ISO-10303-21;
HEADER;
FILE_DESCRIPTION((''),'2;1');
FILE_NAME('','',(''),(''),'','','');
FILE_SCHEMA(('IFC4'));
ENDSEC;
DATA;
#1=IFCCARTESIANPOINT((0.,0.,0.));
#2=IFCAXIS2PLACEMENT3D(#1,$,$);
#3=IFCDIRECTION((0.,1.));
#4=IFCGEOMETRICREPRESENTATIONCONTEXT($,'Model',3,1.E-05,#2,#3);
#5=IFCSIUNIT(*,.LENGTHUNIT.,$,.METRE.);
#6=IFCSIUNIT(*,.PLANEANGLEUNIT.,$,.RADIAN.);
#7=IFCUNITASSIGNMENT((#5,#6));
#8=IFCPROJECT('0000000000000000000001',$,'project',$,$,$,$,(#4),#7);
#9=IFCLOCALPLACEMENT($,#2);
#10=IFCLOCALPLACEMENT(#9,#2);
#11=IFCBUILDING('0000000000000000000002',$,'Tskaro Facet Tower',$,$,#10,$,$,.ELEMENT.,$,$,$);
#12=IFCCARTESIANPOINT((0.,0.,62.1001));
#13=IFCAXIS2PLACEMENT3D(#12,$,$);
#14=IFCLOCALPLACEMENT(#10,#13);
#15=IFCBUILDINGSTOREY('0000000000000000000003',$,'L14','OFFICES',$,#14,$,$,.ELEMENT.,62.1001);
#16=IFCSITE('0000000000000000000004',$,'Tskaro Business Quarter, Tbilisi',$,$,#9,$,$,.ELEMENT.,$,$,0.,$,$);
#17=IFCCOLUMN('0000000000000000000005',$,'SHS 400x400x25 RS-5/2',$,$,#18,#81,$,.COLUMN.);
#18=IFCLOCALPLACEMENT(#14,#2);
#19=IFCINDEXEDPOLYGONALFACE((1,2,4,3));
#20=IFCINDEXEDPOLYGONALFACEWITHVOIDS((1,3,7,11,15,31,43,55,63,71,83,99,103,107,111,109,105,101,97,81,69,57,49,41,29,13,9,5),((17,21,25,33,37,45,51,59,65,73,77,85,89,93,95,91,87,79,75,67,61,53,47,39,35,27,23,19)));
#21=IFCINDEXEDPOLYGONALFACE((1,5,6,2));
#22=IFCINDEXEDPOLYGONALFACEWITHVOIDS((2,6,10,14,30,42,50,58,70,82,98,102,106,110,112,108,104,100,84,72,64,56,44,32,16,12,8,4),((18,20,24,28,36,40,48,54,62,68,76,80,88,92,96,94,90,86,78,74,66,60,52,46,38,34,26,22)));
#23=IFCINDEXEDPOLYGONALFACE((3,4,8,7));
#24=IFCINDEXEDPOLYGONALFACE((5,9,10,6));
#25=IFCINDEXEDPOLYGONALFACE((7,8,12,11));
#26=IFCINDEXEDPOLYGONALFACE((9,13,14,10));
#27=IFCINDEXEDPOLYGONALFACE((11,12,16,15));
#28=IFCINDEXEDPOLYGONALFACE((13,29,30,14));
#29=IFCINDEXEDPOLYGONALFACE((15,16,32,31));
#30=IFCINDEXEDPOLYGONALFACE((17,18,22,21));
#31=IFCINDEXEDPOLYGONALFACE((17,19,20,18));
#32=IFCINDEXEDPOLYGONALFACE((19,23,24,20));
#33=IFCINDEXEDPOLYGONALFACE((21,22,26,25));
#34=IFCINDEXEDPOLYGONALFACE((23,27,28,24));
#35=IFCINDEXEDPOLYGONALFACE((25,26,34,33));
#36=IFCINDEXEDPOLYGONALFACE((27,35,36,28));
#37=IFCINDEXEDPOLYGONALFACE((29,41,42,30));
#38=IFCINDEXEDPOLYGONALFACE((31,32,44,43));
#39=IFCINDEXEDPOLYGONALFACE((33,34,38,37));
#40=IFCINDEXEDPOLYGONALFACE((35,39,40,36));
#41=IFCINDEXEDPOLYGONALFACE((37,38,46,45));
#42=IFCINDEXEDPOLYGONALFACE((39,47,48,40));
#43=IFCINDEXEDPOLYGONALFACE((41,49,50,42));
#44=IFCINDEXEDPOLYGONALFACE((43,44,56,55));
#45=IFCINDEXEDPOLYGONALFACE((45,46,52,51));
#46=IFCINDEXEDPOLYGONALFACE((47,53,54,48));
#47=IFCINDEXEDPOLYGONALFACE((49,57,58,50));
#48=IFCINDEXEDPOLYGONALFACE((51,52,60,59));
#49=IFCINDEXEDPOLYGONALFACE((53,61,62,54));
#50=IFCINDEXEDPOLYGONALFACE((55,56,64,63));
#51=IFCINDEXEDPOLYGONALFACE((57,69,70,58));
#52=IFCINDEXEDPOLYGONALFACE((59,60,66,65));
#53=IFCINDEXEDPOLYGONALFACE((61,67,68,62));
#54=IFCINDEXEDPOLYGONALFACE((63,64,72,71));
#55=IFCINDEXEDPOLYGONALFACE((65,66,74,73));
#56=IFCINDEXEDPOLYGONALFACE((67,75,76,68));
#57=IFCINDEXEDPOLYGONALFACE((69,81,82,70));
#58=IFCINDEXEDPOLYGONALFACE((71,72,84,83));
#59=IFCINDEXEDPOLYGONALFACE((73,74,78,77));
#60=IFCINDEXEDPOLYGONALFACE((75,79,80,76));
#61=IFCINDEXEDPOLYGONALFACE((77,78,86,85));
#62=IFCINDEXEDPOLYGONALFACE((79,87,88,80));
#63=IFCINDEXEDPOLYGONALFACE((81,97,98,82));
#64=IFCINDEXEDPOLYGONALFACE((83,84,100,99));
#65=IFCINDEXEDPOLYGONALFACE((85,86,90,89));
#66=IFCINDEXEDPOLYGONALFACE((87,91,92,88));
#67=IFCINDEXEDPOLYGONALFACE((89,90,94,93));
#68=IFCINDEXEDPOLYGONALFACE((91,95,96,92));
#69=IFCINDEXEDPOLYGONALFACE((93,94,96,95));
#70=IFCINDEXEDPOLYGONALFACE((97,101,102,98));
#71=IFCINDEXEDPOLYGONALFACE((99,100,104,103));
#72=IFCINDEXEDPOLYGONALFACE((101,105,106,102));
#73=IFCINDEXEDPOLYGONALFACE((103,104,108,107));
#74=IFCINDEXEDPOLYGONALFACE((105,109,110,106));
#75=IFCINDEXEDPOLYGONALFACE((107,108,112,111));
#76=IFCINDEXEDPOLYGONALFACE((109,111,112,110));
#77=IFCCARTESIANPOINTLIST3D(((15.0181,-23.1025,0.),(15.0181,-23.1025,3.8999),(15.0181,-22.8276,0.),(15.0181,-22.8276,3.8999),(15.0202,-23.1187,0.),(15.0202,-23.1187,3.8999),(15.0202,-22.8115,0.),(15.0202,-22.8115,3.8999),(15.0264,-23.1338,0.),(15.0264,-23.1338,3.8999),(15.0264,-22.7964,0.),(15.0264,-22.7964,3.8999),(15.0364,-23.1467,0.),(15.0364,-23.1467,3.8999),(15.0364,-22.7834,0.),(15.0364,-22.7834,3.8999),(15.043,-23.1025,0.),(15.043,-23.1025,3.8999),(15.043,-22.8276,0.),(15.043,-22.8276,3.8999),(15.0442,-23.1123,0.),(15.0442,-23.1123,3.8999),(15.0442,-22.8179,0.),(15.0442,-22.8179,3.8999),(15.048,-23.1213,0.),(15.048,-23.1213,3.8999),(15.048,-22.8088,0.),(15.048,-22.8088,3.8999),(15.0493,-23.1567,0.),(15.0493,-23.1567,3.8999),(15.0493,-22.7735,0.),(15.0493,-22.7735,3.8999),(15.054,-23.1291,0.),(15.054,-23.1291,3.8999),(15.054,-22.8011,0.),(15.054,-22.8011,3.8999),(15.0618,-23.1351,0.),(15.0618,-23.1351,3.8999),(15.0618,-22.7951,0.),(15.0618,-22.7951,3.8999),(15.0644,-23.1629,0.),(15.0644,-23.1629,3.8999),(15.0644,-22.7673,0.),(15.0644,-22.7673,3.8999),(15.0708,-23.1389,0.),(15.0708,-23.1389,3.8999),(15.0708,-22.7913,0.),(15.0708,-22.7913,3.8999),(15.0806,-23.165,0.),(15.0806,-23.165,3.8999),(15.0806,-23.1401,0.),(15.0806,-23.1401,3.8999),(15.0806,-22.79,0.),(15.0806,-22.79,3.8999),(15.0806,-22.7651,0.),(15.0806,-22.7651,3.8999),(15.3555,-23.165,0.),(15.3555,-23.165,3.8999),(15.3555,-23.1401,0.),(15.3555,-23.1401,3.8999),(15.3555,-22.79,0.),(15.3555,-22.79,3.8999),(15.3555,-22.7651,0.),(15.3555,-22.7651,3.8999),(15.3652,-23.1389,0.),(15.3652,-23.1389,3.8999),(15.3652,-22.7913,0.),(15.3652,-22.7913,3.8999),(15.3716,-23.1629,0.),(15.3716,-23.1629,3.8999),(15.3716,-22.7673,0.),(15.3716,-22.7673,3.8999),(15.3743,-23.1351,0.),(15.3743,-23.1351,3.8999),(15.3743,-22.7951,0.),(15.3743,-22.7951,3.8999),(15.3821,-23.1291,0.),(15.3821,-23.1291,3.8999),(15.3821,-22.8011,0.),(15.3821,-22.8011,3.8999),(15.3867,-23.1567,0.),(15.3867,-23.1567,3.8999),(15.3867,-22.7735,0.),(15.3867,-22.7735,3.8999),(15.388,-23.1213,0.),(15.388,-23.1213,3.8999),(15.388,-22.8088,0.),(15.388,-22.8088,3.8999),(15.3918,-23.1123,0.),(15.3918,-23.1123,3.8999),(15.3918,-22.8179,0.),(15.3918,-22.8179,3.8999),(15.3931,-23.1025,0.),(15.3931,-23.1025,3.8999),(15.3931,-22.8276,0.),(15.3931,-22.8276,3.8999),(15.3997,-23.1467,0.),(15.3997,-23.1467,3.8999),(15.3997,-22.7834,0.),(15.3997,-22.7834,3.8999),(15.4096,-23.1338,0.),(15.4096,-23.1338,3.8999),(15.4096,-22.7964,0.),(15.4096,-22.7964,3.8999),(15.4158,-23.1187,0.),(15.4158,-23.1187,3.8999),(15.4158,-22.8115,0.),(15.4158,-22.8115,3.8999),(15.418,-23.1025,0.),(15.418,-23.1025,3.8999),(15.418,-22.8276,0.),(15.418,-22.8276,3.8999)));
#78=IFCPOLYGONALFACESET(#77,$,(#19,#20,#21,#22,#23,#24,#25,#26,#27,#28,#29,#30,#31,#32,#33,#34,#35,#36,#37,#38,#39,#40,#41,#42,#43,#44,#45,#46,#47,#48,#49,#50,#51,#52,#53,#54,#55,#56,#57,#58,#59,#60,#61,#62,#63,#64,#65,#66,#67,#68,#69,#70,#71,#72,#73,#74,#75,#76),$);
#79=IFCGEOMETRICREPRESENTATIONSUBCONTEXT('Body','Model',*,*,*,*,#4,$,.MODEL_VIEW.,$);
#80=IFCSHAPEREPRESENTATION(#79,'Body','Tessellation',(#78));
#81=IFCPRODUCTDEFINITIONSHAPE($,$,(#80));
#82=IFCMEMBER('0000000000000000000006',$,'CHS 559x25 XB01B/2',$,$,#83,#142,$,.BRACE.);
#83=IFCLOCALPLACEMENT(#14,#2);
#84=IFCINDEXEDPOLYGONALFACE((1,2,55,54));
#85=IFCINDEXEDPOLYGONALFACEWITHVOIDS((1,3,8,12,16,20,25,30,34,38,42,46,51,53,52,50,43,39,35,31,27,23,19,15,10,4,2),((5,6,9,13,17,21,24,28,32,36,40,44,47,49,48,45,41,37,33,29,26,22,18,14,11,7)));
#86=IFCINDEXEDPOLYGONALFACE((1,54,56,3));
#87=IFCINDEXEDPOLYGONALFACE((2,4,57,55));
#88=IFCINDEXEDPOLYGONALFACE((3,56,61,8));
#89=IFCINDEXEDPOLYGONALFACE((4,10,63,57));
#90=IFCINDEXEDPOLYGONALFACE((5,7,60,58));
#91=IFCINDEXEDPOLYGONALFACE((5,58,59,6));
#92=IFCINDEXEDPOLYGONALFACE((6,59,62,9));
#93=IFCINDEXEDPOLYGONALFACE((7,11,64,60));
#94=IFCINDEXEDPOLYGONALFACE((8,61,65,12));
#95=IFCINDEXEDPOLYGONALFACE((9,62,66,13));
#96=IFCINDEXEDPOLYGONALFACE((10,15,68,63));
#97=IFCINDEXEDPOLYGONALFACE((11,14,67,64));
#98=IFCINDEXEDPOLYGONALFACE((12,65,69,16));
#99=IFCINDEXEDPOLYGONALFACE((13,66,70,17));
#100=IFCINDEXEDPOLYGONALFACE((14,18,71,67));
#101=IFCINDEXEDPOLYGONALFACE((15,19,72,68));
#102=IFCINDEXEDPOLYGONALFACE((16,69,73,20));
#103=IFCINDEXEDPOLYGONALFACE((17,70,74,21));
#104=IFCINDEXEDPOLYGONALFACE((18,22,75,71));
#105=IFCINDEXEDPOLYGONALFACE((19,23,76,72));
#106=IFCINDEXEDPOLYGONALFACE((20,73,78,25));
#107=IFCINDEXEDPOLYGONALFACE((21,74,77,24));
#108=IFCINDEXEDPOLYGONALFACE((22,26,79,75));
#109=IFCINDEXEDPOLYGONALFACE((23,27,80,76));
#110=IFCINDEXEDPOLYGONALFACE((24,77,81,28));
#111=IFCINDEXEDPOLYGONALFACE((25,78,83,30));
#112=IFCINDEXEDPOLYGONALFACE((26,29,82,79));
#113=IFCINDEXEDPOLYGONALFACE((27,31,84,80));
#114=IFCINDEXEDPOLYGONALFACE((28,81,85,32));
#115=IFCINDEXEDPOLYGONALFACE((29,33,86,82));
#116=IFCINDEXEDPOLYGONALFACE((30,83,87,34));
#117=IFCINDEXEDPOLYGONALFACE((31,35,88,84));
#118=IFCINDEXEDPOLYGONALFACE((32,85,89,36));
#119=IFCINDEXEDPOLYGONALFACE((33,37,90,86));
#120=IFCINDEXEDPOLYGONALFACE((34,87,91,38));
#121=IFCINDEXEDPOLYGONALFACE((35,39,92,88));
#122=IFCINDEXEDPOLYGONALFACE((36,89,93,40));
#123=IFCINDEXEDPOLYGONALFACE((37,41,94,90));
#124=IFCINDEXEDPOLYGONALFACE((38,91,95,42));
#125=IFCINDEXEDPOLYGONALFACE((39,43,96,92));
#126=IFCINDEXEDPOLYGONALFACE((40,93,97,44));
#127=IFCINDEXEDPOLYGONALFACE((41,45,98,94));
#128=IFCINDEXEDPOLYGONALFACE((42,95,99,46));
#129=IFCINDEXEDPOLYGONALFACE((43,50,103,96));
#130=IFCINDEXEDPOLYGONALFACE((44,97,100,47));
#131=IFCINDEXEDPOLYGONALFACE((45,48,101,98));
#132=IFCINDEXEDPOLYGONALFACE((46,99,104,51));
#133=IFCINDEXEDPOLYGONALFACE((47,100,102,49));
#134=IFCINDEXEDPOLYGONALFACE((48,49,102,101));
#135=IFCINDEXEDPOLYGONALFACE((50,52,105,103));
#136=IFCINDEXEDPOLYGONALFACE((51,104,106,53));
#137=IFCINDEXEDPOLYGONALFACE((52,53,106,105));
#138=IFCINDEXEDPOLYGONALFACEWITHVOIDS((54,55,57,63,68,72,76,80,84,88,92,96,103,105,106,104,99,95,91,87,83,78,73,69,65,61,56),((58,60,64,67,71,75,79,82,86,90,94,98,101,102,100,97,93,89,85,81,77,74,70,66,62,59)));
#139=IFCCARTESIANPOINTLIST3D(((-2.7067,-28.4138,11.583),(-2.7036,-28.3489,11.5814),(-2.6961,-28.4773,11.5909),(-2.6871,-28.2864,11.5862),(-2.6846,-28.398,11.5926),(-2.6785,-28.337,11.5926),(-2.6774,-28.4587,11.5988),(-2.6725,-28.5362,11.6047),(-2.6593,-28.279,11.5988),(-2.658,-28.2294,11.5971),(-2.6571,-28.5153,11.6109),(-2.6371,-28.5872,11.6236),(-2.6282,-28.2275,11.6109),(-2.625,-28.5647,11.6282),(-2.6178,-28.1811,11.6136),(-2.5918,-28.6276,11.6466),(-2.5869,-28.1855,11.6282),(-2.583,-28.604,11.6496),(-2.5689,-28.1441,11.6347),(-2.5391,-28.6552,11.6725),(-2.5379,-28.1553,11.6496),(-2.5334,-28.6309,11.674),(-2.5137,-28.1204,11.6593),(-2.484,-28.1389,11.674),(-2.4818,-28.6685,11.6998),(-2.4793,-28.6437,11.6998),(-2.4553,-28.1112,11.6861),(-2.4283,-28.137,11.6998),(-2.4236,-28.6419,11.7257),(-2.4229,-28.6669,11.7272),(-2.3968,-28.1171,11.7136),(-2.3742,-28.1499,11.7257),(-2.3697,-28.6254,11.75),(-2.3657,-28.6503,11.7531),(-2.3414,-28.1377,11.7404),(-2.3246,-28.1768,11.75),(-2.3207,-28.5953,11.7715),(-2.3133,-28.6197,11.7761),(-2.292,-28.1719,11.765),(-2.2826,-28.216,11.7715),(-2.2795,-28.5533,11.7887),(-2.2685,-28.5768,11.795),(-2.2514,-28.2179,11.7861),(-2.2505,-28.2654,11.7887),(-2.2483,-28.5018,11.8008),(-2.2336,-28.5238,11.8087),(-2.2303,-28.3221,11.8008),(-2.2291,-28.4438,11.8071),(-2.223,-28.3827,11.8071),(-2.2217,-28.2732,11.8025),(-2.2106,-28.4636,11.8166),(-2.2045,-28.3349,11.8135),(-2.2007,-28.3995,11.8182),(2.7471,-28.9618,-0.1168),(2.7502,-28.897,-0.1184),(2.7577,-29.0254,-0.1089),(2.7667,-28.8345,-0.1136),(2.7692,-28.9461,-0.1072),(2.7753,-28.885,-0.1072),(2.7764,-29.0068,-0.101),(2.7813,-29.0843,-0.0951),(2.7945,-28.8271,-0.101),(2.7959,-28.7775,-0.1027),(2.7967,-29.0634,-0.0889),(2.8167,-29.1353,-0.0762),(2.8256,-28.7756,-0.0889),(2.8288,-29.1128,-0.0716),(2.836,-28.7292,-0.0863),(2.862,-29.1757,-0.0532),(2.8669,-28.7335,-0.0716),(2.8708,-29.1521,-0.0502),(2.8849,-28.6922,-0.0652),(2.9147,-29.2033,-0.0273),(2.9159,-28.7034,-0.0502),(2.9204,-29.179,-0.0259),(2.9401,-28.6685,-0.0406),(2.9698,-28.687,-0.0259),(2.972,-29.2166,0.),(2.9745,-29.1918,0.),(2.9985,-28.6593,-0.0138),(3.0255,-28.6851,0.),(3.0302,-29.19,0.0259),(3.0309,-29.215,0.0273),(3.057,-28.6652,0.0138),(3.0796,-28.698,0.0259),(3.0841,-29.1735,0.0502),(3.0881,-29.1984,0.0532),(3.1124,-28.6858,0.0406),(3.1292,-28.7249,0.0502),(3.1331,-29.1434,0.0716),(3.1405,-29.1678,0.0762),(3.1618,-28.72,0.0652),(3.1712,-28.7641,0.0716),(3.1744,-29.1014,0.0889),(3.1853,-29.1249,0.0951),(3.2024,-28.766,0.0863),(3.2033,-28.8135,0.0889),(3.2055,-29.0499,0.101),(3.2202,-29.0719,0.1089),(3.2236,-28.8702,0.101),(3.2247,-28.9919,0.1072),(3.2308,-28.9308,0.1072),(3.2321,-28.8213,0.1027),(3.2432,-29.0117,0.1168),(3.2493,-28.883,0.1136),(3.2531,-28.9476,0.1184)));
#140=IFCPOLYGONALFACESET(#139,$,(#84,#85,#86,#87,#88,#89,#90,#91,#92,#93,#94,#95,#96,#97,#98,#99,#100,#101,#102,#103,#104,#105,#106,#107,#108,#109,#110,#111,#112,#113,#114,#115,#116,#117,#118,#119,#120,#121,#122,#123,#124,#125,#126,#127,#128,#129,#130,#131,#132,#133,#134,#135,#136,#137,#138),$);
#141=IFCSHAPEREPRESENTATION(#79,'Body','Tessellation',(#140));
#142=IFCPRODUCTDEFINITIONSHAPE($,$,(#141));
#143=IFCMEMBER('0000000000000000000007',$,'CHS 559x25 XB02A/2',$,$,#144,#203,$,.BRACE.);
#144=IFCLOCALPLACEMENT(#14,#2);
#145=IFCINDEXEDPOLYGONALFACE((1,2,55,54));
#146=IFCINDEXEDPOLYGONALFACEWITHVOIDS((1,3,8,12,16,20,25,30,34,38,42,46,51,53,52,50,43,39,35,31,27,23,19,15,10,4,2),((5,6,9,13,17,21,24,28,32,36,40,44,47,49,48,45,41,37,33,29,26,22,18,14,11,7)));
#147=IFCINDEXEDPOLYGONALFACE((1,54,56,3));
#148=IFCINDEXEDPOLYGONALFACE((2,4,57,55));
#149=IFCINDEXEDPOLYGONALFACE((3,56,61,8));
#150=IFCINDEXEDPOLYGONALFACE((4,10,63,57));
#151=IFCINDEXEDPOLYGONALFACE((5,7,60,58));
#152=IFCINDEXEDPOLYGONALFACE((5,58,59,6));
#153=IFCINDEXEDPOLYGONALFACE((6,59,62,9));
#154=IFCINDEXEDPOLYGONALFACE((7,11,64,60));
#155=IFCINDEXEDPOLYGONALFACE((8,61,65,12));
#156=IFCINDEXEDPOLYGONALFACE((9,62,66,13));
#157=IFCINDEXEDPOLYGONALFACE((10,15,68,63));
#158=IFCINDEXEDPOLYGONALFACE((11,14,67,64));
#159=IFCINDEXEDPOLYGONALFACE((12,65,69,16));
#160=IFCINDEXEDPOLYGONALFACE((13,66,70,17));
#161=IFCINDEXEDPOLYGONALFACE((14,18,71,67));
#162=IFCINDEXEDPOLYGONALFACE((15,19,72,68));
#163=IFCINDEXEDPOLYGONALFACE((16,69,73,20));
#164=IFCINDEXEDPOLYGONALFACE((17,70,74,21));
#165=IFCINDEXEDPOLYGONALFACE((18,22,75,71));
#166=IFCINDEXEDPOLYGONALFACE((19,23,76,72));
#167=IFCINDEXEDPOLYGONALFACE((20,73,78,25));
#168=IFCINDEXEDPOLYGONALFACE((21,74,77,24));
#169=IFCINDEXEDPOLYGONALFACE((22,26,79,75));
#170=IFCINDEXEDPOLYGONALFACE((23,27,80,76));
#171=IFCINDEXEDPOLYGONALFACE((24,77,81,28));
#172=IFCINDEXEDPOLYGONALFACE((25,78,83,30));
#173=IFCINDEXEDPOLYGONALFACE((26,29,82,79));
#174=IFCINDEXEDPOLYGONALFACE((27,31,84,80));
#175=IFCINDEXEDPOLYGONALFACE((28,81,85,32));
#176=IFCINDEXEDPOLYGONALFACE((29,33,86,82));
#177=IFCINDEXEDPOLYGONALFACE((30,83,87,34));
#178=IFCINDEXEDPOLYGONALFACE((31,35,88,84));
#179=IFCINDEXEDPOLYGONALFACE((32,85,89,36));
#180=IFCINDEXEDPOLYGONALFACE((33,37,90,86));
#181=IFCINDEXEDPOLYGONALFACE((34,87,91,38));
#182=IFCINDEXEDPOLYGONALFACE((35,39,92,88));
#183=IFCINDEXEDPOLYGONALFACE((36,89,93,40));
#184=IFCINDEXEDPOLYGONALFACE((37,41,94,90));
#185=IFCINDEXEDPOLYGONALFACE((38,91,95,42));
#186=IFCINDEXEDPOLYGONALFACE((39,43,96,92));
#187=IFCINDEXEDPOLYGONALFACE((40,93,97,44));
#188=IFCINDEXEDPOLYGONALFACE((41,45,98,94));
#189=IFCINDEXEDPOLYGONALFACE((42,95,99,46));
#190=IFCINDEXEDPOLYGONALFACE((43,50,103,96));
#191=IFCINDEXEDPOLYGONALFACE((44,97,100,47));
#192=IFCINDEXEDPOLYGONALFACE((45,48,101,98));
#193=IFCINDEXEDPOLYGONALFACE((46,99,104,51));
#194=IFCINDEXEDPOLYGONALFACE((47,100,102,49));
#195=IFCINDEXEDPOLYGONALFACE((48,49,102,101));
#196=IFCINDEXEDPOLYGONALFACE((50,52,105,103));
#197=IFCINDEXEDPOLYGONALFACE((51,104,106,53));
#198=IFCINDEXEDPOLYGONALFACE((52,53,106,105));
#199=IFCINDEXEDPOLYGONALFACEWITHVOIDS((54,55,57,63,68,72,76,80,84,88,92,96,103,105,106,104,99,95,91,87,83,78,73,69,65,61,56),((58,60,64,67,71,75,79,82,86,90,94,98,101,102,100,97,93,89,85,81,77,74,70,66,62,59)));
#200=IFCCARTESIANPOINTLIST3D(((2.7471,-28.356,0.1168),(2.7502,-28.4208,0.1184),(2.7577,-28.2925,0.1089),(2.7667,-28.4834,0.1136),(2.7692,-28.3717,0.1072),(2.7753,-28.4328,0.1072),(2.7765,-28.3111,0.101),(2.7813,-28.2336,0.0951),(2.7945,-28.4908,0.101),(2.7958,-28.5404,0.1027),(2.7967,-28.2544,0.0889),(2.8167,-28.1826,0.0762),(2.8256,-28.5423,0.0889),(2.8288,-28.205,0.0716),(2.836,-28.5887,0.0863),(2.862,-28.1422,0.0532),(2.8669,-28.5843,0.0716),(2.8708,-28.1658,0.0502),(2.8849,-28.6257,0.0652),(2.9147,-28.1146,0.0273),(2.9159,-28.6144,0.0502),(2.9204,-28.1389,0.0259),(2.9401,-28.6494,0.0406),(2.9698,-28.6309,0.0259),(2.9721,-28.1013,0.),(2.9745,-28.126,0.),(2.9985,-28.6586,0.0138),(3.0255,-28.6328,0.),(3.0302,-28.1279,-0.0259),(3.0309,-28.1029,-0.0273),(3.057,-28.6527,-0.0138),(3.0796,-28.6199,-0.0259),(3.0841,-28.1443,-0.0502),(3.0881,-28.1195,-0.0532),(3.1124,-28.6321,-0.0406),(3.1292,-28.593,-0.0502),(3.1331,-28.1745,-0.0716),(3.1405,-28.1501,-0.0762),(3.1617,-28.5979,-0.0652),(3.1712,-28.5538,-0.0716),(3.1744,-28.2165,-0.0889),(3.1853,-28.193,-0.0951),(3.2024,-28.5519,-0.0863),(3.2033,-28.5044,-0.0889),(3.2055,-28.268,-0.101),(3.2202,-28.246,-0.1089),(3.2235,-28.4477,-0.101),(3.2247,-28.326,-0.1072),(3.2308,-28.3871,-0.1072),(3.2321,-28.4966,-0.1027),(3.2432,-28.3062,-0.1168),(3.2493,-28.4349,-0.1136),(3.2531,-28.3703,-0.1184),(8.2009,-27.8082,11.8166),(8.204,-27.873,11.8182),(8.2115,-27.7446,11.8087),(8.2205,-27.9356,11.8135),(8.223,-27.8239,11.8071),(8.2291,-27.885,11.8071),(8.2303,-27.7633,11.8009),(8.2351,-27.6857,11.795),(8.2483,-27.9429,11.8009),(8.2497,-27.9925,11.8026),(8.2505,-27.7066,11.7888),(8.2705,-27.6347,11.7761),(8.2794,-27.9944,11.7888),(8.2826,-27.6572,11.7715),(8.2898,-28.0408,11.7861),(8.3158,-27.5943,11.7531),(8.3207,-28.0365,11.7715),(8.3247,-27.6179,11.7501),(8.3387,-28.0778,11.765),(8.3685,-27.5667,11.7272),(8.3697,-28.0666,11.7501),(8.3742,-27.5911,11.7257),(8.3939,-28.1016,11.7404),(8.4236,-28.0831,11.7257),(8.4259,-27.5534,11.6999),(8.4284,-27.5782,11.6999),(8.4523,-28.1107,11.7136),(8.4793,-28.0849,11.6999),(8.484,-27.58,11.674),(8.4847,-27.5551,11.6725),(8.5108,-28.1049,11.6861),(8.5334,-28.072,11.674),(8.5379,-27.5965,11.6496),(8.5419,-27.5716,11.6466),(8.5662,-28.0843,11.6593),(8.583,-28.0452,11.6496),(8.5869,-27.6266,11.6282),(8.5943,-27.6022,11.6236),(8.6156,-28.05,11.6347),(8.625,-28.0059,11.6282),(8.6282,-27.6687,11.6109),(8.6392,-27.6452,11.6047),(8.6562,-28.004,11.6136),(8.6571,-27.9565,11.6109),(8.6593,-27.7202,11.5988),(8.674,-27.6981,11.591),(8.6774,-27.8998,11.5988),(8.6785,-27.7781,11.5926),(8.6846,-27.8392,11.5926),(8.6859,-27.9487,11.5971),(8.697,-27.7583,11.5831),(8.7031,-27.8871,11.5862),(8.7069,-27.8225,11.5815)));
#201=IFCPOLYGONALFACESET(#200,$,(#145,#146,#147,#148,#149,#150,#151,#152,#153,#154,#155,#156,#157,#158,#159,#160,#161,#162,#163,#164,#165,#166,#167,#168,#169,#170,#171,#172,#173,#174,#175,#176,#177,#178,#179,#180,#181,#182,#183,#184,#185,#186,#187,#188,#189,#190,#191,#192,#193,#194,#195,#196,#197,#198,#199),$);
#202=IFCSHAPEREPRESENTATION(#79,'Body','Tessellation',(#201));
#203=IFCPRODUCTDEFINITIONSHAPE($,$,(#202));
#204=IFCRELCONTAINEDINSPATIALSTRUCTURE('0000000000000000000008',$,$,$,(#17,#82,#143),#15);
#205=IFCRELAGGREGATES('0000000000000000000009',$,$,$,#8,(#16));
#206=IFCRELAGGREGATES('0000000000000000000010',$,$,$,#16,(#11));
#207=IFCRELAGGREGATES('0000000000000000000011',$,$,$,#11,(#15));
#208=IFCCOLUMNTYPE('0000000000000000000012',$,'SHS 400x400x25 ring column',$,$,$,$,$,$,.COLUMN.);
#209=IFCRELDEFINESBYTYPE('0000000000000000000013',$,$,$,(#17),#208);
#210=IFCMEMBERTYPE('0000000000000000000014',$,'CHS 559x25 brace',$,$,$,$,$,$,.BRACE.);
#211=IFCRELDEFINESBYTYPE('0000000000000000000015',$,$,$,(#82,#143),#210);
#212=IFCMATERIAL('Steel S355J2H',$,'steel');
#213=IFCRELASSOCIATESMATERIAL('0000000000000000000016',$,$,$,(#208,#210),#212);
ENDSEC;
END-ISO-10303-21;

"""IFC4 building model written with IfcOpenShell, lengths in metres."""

from ifc_helpers import new_model, si_unit, direction, frame, origin, origin_2d, place, context, subcontext, project, spatial, hollow_rectangle, hollow_circle, extrude, material, material_profile, profile_set, type_object, element, save


model = new_model("IFC4")

# Units and contexts
model_context = context("Model", 3, precision=1e-05, world=origin(), true_north=direction((0.0, 1.0)))
body_context = subcontext(model_context, "Body", "Model", "MODEL_VIEW")
ifc_project = project(units=[si_unit("LENGTHUNIT", "METRE"), si_unit("PLANEANGLEUNIT", "RADIAN")], contexts=[model_context])

# Site, building, storey
site_placement = place(None, origin())
site = spatial("IfcSite", under=ifc_project, at=site_placement, Name="Tskaro Business Quarter, Tbilisi", CompositionType="ELEMENT", RefElevation=0.0)
building_placement = place(site_placement, origin())
building = spatial("IfcBuilding", under=site, at=building_placement, Name="Tskaro Facet Tower", CompositionType="ELEMENT")
storey_placement = place(building_placement, frame((0.0, 0.0, 62.1001)))
storey = spatial("IfcBuildingStorey", under=building, at=storey_placement, Name="L14", Description="OFFICES", CompositionType="ELEMENT", Elevation=62.1001)

# Column
ifc_material_1 = material(Name="Steel S355J2H", Category="steel")
ifc_material_profile_1 = material_profile(ifc_material_1, hollow_rectangle(XDim=0.3999, YDim=0.3999, WallThickness=0.0249, InnerFilletRadius=0.0376, OuterFilletRadius=0.0625, at=origin_2d()), Name="SHS 400x400x25")
ifc_profile_set_1 = profile_set([ifc_material_profile_1], Name="Steel S355J2H")
column_type_1 = type_object("IfcColumnType", Name="SHS 400x400x25 ring column", PredefinedType="COLUMN", material=ifc_profile_set_1)
for number, where, z_axis, x_axis, name in (
    (1, (15.218, -22.9651, 0.0), (0.0, 0.0, 1.0), (1.0, 0.0, 0.0), "SHS 400x400x25 RS-5/2"),
):
    element("IfcColumn", number, at=place(storey_placement, frame(where, z_axis=z_axis, x_axis=x_axis)), inside=storey, type_object=column_type_1, Name=name, PredefinedType="COLUMN", context=body_context, shape_type="SweptSolid", body=[
        extrude(hollow_rectangle(XDim=0.3999, YDim=0.3999, WallThickness=0.0249, InnerFilletRadius=0.0376, OuterFilletRadius=0.0625, at=origin_2d()), origin(), (0.0, 0.0, 1.0), 3.8999),
    ])

# Members
ifc_material_profile_2 = material_profile(ifc_material_1, hollow_circle(Radius=0.2795, WallThickness=0.0249, at=origin_2d()), Name="CHS 559x25")
ifc_profile_set_2 = profile_set([ifc_material_profile_2], Name="Steel S355J2H")
member_type_1 = type_object("IfcMemberType", Name="CHS 559x25 brace", PredefinedType="BRACE", material=ifc_profile_set_2)
for number, where, z_axis, x_axis, name in (
    (2, (3.0, -28.9385, 0.0), (-0.422116, 0.042421, 0.905549), (-0.099993, -0.994988, 0.0), "CHS 559x25 XB01B/2"),
    (3, (3.0, -28.3794, 0.0), (0.422116, 0.042402, 0.90555), (-0.099949, 0.994993, 0.0), "CHS 559x25 XB02A/2"),
):
    element("IfcMember", number, at=place(storey_placement, frame(where, z_axis=z_axis, x_axis=x_axis)), inside=storey, type_object=member_type_1, Name=name, PredefinedType="BRACE", context=body_context, shape_type="SweptSolid", body=[
        extrude(hollow_circle(Radius=0.2795, WallThickness=0.0249, at=origin_2d()), origin(), (0.0, 0.0, 1.0), 12.9202),
    ])

save(model, "model.ifc")
